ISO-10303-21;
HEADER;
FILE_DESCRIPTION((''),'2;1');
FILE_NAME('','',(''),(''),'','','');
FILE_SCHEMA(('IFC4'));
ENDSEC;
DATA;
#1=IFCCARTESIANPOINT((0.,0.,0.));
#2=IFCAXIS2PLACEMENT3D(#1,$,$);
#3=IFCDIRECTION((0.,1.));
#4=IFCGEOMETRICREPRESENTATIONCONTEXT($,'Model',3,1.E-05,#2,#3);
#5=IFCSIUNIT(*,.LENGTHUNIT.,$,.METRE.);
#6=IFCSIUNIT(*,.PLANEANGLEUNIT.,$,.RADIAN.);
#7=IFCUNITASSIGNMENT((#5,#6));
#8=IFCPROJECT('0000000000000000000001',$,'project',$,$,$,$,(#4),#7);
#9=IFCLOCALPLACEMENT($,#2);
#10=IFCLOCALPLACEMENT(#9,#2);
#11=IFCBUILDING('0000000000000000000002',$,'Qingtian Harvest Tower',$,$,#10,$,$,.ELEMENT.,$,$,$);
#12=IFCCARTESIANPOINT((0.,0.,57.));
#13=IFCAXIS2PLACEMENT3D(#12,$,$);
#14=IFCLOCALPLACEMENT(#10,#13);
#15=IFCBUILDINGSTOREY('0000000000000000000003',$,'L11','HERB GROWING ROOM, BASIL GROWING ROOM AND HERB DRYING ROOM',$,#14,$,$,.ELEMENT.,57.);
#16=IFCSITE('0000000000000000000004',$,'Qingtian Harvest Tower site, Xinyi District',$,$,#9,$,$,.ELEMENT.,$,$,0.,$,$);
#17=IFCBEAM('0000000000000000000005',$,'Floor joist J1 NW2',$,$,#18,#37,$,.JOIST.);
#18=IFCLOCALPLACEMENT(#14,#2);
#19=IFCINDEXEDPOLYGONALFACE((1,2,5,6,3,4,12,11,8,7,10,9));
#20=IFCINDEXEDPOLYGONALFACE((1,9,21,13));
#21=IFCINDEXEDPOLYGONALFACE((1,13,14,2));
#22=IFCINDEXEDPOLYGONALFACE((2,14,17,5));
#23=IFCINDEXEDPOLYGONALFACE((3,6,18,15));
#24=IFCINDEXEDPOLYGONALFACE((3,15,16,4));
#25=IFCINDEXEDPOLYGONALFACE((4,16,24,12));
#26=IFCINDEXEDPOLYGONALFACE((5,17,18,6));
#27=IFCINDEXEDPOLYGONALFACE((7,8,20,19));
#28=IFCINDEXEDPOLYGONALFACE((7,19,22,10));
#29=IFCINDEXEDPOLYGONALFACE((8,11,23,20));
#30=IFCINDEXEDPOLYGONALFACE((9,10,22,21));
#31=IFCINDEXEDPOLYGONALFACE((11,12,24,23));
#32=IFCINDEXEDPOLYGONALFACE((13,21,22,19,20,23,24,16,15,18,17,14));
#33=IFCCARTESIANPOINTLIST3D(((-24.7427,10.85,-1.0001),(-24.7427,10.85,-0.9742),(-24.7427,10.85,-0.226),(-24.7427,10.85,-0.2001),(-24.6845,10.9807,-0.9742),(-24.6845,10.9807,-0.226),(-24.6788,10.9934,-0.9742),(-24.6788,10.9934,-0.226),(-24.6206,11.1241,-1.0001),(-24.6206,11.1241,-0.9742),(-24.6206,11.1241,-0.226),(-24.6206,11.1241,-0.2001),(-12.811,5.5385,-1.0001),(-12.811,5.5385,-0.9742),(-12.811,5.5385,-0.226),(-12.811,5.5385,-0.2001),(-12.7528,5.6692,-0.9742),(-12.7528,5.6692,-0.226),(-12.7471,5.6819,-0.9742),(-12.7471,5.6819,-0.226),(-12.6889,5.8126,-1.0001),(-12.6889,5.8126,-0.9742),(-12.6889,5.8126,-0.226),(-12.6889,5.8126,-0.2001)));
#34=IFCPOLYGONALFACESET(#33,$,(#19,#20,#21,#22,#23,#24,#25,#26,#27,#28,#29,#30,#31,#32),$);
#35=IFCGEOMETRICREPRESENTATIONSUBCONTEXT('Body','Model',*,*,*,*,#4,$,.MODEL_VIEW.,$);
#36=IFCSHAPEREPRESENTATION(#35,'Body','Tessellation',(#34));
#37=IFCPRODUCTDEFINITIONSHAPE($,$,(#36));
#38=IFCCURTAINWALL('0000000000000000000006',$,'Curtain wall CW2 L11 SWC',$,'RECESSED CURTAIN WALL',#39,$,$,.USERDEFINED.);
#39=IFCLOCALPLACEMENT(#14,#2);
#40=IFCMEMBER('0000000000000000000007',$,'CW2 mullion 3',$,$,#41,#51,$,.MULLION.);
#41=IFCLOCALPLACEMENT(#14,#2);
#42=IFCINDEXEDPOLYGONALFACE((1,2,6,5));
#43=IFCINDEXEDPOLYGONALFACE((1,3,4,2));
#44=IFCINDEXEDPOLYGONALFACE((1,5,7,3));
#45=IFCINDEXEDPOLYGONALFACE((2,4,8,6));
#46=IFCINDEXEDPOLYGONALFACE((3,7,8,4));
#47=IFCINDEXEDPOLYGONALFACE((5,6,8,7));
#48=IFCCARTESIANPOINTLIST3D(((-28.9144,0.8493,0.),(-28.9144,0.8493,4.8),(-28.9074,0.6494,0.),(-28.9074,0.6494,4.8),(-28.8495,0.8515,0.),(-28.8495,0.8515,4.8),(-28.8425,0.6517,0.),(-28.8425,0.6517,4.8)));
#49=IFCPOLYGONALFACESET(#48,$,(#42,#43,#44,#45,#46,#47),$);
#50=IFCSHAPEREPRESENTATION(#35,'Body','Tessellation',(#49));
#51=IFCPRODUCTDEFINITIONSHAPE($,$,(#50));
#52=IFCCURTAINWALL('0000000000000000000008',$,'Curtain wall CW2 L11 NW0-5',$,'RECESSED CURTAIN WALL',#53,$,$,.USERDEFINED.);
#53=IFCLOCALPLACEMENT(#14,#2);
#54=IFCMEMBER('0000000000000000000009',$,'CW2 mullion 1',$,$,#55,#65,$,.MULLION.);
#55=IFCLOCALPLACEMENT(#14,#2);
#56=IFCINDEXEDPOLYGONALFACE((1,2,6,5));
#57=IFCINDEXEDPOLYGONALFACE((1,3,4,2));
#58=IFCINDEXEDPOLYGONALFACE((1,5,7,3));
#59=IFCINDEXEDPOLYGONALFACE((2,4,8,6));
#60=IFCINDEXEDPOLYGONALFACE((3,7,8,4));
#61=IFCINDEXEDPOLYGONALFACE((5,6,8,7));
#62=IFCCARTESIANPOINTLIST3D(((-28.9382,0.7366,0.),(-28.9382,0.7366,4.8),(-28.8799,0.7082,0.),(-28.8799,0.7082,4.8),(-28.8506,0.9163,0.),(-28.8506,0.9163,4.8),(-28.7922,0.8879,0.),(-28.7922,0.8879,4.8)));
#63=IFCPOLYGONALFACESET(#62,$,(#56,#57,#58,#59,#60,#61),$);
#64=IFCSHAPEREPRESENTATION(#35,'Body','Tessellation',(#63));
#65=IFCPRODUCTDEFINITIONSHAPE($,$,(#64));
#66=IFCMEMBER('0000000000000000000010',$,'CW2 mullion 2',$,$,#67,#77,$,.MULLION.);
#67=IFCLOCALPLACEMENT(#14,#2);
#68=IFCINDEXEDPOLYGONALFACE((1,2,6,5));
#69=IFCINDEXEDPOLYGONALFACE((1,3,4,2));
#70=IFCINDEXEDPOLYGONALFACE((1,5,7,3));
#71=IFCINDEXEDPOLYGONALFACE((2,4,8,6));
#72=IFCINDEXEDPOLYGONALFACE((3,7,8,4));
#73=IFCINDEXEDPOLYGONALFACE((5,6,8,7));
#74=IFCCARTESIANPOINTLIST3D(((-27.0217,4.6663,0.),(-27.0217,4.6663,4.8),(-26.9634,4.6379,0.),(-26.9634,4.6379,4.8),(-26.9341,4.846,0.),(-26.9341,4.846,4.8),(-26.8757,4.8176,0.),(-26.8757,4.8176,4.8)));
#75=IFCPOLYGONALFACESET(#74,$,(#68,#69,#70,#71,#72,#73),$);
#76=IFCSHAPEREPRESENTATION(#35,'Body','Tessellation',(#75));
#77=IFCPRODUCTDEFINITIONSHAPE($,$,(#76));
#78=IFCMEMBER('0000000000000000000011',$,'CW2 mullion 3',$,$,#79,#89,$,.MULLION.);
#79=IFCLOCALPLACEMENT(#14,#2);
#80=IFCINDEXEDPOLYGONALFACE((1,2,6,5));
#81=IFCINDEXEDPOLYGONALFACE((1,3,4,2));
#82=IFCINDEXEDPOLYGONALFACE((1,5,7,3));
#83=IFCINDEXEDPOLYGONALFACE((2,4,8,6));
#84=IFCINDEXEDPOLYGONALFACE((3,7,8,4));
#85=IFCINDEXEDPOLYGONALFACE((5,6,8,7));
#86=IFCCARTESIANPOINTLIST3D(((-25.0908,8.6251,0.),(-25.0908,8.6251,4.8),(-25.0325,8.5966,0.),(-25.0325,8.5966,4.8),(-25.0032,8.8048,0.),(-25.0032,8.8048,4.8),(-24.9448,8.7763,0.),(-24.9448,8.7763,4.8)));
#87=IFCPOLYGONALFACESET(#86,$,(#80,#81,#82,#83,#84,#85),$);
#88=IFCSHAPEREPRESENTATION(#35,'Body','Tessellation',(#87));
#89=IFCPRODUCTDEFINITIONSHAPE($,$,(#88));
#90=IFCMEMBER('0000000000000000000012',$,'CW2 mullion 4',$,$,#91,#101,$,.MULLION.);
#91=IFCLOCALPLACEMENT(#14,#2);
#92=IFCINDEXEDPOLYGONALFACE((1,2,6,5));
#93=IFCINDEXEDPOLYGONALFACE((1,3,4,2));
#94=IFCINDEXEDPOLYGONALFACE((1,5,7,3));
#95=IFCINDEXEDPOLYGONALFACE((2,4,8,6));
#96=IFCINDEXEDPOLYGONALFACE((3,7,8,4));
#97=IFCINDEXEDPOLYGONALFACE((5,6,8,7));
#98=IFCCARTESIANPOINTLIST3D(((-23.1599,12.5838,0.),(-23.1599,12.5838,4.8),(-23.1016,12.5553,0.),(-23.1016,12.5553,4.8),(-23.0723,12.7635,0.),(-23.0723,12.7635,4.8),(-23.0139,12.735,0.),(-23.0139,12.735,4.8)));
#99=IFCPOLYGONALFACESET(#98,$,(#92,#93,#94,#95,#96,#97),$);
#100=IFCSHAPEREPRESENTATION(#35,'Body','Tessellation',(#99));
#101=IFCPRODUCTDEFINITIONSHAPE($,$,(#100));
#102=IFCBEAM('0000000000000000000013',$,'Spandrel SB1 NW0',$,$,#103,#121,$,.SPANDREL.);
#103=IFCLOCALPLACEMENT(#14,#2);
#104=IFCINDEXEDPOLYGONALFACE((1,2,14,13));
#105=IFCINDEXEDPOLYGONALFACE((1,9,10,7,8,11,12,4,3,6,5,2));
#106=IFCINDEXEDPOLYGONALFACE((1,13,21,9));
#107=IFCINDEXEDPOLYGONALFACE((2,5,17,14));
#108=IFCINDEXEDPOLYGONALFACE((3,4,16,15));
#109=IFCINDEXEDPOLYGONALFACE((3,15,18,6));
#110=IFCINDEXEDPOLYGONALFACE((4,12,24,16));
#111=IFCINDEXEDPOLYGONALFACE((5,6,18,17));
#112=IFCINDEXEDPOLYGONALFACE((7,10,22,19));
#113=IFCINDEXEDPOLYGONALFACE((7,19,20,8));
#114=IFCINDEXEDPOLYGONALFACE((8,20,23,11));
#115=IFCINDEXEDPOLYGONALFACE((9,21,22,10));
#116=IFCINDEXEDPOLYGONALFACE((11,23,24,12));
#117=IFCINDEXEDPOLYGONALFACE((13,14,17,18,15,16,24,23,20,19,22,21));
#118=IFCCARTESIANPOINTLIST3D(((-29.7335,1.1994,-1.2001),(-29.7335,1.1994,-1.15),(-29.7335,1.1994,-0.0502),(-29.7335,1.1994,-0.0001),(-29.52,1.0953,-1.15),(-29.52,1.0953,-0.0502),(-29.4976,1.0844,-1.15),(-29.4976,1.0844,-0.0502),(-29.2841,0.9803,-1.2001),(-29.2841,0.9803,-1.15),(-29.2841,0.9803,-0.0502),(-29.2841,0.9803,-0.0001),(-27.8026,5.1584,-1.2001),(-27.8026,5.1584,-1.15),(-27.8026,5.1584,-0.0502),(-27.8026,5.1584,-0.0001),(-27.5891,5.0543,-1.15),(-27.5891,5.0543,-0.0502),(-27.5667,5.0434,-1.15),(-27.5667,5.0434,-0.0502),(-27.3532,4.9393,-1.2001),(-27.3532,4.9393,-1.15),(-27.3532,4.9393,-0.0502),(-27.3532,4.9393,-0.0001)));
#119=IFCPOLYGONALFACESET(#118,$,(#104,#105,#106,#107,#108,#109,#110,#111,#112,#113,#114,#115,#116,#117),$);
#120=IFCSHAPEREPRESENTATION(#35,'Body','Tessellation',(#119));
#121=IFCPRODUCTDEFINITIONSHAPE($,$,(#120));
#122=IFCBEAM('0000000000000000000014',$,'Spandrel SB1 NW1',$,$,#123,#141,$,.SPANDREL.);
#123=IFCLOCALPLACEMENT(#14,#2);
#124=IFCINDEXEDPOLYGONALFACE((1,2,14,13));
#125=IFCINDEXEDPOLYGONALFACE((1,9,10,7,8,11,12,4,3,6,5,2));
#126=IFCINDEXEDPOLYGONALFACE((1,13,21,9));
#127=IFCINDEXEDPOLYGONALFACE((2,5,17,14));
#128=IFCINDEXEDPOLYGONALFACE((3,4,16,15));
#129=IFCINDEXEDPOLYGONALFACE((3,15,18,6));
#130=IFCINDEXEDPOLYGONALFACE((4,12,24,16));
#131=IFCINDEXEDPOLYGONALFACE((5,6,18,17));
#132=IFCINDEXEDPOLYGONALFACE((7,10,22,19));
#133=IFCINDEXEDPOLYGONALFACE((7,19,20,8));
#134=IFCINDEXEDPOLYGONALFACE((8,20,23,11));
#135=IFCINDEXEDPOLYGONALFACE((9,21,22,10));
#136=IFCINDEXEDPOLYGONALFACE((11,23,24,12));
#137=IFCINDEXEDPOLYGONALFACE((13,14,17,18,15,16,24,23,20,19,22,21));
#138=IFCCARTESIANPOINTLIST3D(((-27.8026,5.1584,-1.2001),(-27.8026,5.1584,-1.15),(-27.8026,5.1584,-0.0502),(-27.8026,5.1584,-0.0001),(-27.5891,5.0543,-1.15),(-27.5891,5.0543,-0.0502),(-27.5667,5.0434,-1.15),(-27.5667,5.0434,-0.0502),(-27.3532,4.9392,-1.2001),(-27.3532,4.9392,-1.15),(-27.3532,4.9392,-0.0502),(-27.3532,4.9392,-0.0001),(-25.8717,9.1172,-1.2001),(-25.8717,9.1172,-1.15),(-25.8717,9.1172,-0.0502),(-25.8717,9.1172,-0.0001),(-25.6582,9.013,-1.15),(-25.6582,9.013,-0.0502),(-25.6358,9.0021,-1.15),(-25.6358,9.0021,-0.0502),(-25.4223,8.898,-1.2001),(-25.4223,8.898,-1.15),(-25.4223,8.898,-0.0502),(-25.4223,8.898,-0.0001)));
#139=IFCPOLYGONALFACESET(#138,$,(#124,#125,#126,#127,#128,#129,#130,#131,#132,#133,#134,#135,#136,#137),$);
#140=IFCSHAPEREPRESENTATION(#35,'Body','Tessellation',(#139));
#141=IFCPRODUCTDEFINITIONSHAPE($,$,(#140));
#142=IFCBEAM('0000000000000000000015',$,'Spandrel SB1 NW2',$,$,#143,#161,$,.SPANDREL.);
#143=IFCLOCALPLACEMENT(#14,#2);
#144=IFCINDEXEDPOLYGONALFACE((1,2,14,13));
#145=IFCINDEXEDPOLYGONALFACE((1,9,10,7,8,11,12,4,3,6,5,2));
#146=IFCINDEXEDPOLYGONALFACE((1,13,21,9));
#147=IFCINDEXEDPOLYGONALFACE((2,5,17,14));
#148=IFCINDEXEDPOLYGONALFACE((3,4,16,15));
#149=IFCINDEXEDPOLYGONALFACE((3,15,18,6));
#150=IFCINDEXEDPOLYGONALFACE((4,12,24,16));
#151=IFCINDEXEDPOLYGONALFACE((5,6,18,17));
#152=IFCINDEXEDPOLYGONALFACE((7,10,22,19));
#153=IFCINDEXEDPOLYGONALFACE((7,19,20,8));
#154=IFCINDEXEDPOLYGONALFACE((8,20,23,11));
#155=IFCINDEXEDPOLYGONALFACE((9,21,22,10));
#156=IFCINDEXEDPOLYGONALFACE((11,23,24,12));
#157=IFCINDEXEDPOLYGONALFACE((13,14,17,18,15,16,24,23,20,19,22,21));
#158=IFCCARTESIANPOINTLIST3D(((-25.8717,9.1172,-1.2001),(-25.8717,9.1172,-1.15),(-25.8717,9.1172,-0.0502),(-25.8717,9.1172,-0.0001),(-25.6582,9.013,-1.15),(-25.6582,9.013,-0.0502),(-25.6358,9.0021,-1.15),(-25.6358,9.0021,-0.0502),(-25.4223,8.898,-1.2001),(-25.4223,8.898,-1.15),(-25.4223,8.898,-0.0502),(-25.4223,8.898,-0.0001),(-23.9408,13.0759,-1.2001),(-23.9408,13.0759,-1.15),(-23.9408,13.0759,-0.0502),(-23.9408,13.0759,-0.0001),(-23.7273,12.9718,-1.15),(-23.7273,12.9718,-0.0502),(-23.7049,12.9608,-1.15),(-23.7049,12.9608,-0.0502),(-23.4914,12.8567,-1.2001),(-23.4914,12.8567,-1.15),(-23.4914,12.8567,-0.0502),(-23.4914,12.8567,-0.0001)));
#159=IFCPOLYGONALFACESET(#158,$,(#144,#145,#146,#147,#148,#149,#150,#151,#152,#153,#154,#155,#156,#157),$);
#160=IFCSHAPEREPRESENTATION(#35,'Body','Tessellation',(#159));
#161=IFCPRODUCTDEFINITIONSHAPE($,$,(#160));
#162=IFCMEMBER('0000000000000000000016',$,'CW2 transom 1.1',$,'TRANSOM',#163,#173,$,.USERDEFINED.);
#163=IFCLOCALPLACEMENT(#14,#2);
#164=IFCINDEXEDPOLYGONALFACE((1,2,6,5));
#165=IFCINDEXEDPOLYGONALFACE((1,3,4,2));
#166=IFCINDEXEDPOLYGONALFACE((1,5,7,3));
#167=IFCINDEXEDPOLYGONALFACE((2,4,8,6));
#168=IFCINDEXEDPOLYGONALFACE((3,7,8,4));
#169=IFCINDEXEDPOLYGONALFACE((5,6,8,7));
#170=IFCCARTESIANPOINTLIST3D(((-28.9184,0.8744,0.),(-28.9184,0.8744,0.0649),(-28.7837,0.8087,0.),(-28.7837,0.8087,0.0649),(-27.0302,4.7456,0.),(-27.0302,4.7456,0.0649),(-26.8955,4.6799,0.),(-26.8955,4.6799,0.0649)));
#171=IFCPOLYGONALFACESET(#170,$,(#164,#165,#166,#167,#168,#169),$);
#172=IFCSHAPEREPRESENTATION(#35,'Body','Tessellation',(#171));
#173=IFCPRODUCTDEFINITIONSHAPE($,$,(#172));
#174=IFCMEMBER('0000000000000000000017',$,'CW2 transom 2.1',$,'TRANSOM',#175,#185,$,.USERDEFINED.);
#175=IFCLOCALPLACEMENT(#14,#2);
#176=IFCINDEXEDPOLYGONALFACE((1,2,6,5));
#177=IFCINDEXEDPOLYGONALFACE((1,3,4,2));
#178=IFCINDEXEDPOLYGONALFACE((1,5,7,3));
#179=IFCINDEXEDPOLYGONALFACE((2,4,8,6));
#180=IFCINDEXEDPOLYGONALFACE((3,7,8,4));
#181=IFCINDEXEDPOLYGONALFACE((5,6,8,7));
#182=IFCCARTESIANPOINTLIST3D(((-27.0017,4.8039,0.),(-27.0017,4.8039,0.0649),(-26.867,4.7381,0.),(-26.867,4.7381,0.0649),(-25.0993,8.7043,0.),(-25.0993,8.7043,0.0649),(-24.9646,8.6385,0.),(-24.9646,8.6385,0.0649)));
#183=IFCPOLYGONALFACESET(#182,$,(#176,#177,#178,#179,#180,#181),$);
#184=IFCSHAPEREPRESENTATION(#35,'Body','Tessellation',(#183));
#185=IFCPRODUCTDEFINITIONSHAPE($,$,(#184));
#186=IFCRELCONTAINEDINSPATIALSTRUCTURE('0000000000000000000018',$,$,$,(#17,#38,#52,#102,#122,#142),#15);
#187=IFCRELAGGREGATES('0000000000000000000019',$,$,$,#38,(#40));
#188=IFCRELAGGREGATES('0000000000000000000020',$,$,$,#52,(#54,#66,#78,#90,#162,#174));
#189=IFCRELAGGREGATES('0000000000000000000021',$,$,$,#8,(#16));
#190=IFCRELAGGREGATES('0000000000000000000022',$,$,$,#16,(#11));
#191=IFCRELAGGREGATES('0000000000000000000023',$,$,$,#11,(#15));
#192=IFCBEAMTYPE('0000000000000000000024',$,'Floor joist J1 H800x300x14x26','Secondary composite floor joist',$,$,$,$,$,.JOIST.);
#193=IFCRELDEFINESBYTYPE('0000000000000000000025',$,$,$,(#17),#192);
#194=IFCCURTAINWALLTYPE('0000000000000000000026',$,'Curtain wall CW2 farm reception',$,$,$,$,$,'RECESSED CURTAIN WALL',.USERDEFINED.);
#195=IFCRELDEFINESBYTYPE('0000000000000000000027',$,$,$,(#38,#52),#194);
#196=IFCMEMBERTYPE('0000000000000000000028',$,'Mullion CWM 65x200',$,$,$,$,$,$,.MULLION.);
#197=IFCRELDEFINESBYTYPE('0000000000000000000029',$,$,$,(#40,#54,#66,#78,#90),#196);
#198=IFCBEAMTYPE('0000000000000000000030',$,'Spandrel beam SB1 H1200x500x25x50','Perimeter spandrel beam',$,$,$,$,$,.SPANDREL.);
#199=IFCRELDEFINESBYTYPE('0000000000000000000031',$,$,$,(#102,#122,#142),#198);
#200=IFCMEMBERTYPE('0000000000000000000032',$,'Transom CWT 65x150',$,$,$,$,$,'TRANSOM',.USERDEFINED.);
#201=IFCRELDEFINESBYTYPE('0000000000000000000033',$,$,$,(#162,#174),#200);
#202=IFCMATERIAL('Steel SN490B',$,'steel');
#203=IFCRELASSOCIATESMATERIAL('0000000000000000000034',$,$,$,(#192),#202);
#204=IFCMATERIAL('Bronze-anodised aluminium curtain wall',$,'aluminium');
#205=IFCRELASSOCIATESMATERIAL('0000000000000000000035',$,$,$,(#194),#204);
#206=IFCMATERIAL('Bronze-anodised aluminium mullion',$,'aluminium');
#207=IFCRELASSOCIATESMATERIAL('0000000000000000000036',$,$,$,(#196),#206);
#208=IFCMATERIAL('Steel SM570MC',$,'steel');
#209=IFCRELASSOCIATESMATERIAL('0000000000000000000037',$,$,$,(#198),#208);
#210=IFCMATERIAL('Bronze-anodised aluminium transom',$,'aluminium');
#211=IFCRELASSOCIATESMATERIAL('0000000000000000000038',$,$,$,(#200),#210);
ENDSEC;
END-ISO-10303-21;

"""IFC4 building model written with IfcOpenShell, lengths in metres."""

from ifc_helpers import new_model, si_unit, direction, frame, origin, origin_2d, place, context, subcontext, project, spatial, rectangle, i_section, extrude, material, material_profile, profile_set, type_object, element, aggregate, save


model = new_model("IFC4")

# Units and contexts
model_context = context("Model", 3, precision=1e-05, world=origin(), true_north=direction((0.0, 1.0)))
body_context = subcontext(model_context, "Body", "Model", "MODEL_VIEW")
ifc_project = project(units=[si_unit("LENGTHUNIT", "METRE"), si_unit("PLANEANGLEUNIT", "RADIAN")], contexts=[model_context])

# Site, building, storey
site_placement = place(None, origin())
site = spatial("IfcSite", under=ifc_project, at=site_placement, Name="Qingtian Harvest Tower site, Xinyi District", CompositionType="ELEMENT", RefElevation=0.0)
building_placement = place(site_placement, origin())
building = spatial("IfcBuilding", under=site, at=building_placement, Name="Qingtian Harvest Tower", CompositionType="ELEMENT")
storey_placement = place(building_placement, frame((0.0, 0.0, 57.0)))
storey = spatial("IfcBuildingStorey", under=building, at=storey_placement, Name="L11", Description="HERB GROWING ROOM, BASIL GROWING ROOM AND HERB DRYING ROOM", CompositionType="ELEMENT", Elevation=57.0)

# Beam
ifc_material_1 = material(Name="Steel SN490B", Category="steel")
ifc_material_profile_1 = material_profile(ifc_material_1, i_section(OverallWidth=0.3, OverallDepth=0.8, WebThickness=0.0139, FlangeThickness=0.0259, at=origin_2d()), Name="H800x300x14x26")
ifc_profile_set_1 = profile_set([ifc_material_profile_1], Name="Steel SN490B")
beam_type_1 = type_object("IfcBeamType", Name="Floor joist J1 H800x300x14x26", Description="Secondary composite floor joist", PredefinedType="JOIST", material=ifc_profile_set_1)
beam_1_placement = place(storey_placement, frame((-24.6816, 10.9871, -0.6001), z_axis=(0.913568, -0.406686, 0.0), x_axis=(0.406686, 0.913568, 0.0)))
element("IfcBeam", 1, at=beam_1_placement, inside=storey, type_object=beam_type_1, Name="Floor joist J1 NW2", PredefinedType="JOIST", context=body_context, shape_type="SweptSolid", body=[
    extrude(i_section(OverallWidth=0.3, OverallDepth=0.8, WebThickness=0.0139, FlangeThickness=0.0259, at=origin_2d()), origin(), (0.0, 0.0, 1.0), 13.0605),
])

# Curtain wall, member
ifc_material_2 = material(Name="Bronze-anodised aluminium curtain wall", Category="aluminium")
curtain_wall_type = type_object("IfcCurtainWallType", Name="Curtain wall CW2 farm reception", ElementType="RECESSED CURTAIN WALL", PredefinedType="USERDEFINED", material=ifc_material_2)
curtain_wall_1_placement = place(storey_placement, origin())
curtain_wall_1 = element("IfcCurtainWall", 2, at=curtain_wall_1_placement, inside=storey, type_object=curtain_wall_type, Name="Curtain wall CW2 L11 SWC", ObjectType="RECESSED CURTAIN WALL", PredefinedType="USERDEFINED")
ifc_material_3 = material(Name="Bronze-anodised aluminium mullion", Category="aluminium")
ifc_material_profile_2 = material_profile(ifc_material_3, rectangle(XDim=0.0649, YDim=0.2, at=origin_2d()), Name="AL 65x200")
ifc_profile_set_2 = profile_set([ifc_material_profile_2], Name="Bronze-anodised aluminium mullion")
member_type_1 = type_object("IfcMemberType", Name="Mullion CWM 65x200", PredefinedType="MULLION", material=ifc_profile_set_2)
member_1_placement = place(storey_placement, frame((-28.8784, 0.7505, 0.0), z_axis=(0.0, 0.0, 1.0), x_axis=(-0.999391, -0.034899, 0.0)))
member_1 = element("IfcMember", 3, at=member_1_placement, type_object=member_type_1, Name="CW2 mullion 3", PredefinedType="MULLION", context=body_context, shape_type="SweptSolid", body=[
    extrude(rectangle(XDim=0.0649, YDim=0.2, at=origin_2d()), origin(), (0.0, 0.0, 1.0), 4.8),
])
aggregate(curtain_wall_1, [member_1])

# Curtain wall, members
curtain_wall_2_placement = place(storey_placement, origin())
curtain_wall_2 = element("IfcCurtainWall", 4, at=curtain_wall_2_placement, inside=storey, type_object=curtain_wall_type, Name="Curtain wall CW2 L11 NW0-5", ObjectType="RECESSED CURTAIN WALL", PredefinedType="USERDEFINED")
member_2_placement = place(storey_placement, frame((-28.8652, 0.8123, 0.0), z_axis=(0.0, 0.0, 1.0), x_axis=(-0.898794, 0.438371, 0.0)))
member_2 = element("IfcMember", 5, at=member_2_placement, type_object=member_type_1, Name="CW2 mullion 1", PredefinedType="MULLION", context=body_context, shape_type="SweptSolid", body=[
    extrude(rectangle(XDim=0.0649, YDim=0.2, at=origin_2d()), origin(), (0.0, 0.0, 1.0), 4.8),
])
member_3_placement = place(storey_placement, frame((-26.9487, 4.7419, 0.0), z_axis=(0.0, 0.0, 1.0), x_axis=(-0.898794, 0.438371, 0.0)))
member_3 = element("IfcMember", 6, at=member_3_placement, type_object=member_type_1, Name="CW2 mullion 2", PredefinedType="MULLION", context=body_context, shape_type="SweptSolid", body=[
    extrude(rectangle(XDim=0.0649, YDim=0.2, at=origin_2d()), origin(), (0.0, 0.0, 1.0), 4.8),
])
member_4_placement = place(storey_placement, frame((-25.0178, 8.7007, 0.0), z_axis=(0.0, 0.0, 1.0), x_axis=(-0.898794, 0.438371, 0.0)))
member_4 = element("IfcMember", 7, at=member_4_placement, type_object=member_type_1, Name="CW2 mullion 3", PredefinedType="MULLION", context=body_context, shape_type="SweptSolid", body=[
    extrude(rectangle(XDim=0.0649, YDim=0.2, at=origin_2d()), origin(), (0.0, 0.0, 1.0), 4.8),
])
member_5_placement = place(storey_placement, frame((-23.0869, 12.6594, 0.0), z_axis=(0.0, 0.0, 1.0), x_axis=(-0.898794, 0.438371, 0.0)))
member_5 = element("IfcMember", 8, at=member_5_placement, type_object=member_type_1, Name="CW2 mullion 4", PredefinedType="MULLION", context=body_context, shape_type="SweptSolid", body=[
    extrude(rectangle(XDim=0.0649, YDim=0.2, at=origin_2d()), origin(), (0.0, 0.0, 1.0), 4.8),
])

# Beams
ifc_material_4 = material(Name="Steel SM570MC", Category="steel")
ifc_material_profile_3 = material_profile(ifc_material_4, i_section(OverallWidth=0.5, OverallDepth=1.2, WebThickness=0.0249, FlangeThickness=0.05, at=origin_2d()), Name="H1200x500x25x50")
ifc_profile_set_3 = profile_set([ifc_material_profile_3], Name="Steel SM570MC")
beam_type_2 = type_object("IfcBeamType", Name="Spandrel beam SB1 H1200x500x25x50", Description="Perimeter spandrel beam", PredefinedType="SPANDREL", material=ifc_profile_set_3)
beam_2_placement = place(storey_placement, frame((-29.5088, 1.0898, -0.6001), z_axis=(0.438368, 0.898796, 0.0), x_axis=(-0.898796, 0.438368, 0.0)))
element("IfcBeam", 9, at=beam_2_placement, inside=storey, type_object=beam_type_2, Name="Spandrel SB1 NW0", PredefinedType="SPANDREL", context=body_context, shape_type="SweptSolid", body=[
    extrude(i_section(OverallWidth=0.5, OverallDepth=1.2, WebThickness=0.0249, FlangeThickness=0.05, at=origin_2d()), origin(), (0.0, 0.0, 1.0), 4.4048),
])
for number, where, z_axis, x_axis, name in (
    (10, (-27.5779, 5.0488, -0.6001), (0.43839, 0.898785, 0.0), (-0.898785, 0.43839, 0.0), "Spandrel SB1 NW1"),
    (11, (-25.647, 9.0076, -0.6001), (0.43839, 0.898785, 0.0), (-0.898785, 0.43839, 0.0), "Spandrel SB1 NW2"),
):
    element("IfcBeam", number, at=place(storey_placement, frame(where, z_axis=z_axis, x_axis=x_axis)), inside=storey, type_object=beam_type_2, Name=name, PredefinedType="SPANDREL", context=body_context, shape_type="SweptSolid", body=[
        extrude(i_section(OverallWidth=0.5, OverallDepth=1.2, WebThickness=0.0249, FlangeThickness=0.05, at=origin_2d()), origin(), (0.0, 0.0, 1.0), 4.4045),
    ])

# Members
ifc_material_5 = material(Name="Bronze-anodised aluminium transom", Category="aluminium")
ifc_material_profile_4 = material_profile(ifc_material_5, rectangle(XDim=0.1499, YDim=0.0649, at=origin_2d()), Name="AL 65x150")
ifc_profile_set_4 = profile_set([ifc_material_profile_4], Name="Bronze-anodised aluminium transom")
member_type_2 = type_object("IfcMemberType", Name="Transom CWT 65x150", ElementType="TRANSOM", PredefinedType="USERDEFINED", material=ifc_profile_set_4)
member_6_placement = place(storey_placement, frame((-28.8511, 0.8416, 0.0325), z_axis=(0.438395, 0.898783, 0.0), x_axis=(-0.898783, 0.438395, 0.0)))
member_6 = element("IfcMember", 12, at=member_6_placement, type_object=member_type_2, Name="CW2 transom 1.1", ObjectType="TRANSOM", PredefinedType="USERDEFINED", context=body_context, shape_type="SweptSolid", body=[
    extrude(rectangle(XDim=0.1499, YDim=0.0649, at=origin_2d()), origin(), (0.0, 0.0, 1.0), 4.3071),
])
member_7_placement = place(storey_placement, frame((-26.9343, 4.771, 0.0325), z_axis=(0.43837, 0.898794, 0.0), x_axis=(-0.898794, 0.43837, 0.0)))
member_7 = element("IfcMember", 13, at=member_7_placement, type_object=member_type_2, Name="CW2 transom 2.1", ObjectType="TRANSOM", PredefinedType="USERDEFINED", context=body_context, shape_type="SweptSolid", body=[
    extrude(rectangle(XDim=0.1499, YDim=0.0649, at=origin_2d()), origin(), (0.0, 0.0, 1.0), 4.3396),
])

aggregate(curtain_wall_2, [member_2, member_3, member_4, member_5, member_6, member_7])

save(model, "model.ifc")
